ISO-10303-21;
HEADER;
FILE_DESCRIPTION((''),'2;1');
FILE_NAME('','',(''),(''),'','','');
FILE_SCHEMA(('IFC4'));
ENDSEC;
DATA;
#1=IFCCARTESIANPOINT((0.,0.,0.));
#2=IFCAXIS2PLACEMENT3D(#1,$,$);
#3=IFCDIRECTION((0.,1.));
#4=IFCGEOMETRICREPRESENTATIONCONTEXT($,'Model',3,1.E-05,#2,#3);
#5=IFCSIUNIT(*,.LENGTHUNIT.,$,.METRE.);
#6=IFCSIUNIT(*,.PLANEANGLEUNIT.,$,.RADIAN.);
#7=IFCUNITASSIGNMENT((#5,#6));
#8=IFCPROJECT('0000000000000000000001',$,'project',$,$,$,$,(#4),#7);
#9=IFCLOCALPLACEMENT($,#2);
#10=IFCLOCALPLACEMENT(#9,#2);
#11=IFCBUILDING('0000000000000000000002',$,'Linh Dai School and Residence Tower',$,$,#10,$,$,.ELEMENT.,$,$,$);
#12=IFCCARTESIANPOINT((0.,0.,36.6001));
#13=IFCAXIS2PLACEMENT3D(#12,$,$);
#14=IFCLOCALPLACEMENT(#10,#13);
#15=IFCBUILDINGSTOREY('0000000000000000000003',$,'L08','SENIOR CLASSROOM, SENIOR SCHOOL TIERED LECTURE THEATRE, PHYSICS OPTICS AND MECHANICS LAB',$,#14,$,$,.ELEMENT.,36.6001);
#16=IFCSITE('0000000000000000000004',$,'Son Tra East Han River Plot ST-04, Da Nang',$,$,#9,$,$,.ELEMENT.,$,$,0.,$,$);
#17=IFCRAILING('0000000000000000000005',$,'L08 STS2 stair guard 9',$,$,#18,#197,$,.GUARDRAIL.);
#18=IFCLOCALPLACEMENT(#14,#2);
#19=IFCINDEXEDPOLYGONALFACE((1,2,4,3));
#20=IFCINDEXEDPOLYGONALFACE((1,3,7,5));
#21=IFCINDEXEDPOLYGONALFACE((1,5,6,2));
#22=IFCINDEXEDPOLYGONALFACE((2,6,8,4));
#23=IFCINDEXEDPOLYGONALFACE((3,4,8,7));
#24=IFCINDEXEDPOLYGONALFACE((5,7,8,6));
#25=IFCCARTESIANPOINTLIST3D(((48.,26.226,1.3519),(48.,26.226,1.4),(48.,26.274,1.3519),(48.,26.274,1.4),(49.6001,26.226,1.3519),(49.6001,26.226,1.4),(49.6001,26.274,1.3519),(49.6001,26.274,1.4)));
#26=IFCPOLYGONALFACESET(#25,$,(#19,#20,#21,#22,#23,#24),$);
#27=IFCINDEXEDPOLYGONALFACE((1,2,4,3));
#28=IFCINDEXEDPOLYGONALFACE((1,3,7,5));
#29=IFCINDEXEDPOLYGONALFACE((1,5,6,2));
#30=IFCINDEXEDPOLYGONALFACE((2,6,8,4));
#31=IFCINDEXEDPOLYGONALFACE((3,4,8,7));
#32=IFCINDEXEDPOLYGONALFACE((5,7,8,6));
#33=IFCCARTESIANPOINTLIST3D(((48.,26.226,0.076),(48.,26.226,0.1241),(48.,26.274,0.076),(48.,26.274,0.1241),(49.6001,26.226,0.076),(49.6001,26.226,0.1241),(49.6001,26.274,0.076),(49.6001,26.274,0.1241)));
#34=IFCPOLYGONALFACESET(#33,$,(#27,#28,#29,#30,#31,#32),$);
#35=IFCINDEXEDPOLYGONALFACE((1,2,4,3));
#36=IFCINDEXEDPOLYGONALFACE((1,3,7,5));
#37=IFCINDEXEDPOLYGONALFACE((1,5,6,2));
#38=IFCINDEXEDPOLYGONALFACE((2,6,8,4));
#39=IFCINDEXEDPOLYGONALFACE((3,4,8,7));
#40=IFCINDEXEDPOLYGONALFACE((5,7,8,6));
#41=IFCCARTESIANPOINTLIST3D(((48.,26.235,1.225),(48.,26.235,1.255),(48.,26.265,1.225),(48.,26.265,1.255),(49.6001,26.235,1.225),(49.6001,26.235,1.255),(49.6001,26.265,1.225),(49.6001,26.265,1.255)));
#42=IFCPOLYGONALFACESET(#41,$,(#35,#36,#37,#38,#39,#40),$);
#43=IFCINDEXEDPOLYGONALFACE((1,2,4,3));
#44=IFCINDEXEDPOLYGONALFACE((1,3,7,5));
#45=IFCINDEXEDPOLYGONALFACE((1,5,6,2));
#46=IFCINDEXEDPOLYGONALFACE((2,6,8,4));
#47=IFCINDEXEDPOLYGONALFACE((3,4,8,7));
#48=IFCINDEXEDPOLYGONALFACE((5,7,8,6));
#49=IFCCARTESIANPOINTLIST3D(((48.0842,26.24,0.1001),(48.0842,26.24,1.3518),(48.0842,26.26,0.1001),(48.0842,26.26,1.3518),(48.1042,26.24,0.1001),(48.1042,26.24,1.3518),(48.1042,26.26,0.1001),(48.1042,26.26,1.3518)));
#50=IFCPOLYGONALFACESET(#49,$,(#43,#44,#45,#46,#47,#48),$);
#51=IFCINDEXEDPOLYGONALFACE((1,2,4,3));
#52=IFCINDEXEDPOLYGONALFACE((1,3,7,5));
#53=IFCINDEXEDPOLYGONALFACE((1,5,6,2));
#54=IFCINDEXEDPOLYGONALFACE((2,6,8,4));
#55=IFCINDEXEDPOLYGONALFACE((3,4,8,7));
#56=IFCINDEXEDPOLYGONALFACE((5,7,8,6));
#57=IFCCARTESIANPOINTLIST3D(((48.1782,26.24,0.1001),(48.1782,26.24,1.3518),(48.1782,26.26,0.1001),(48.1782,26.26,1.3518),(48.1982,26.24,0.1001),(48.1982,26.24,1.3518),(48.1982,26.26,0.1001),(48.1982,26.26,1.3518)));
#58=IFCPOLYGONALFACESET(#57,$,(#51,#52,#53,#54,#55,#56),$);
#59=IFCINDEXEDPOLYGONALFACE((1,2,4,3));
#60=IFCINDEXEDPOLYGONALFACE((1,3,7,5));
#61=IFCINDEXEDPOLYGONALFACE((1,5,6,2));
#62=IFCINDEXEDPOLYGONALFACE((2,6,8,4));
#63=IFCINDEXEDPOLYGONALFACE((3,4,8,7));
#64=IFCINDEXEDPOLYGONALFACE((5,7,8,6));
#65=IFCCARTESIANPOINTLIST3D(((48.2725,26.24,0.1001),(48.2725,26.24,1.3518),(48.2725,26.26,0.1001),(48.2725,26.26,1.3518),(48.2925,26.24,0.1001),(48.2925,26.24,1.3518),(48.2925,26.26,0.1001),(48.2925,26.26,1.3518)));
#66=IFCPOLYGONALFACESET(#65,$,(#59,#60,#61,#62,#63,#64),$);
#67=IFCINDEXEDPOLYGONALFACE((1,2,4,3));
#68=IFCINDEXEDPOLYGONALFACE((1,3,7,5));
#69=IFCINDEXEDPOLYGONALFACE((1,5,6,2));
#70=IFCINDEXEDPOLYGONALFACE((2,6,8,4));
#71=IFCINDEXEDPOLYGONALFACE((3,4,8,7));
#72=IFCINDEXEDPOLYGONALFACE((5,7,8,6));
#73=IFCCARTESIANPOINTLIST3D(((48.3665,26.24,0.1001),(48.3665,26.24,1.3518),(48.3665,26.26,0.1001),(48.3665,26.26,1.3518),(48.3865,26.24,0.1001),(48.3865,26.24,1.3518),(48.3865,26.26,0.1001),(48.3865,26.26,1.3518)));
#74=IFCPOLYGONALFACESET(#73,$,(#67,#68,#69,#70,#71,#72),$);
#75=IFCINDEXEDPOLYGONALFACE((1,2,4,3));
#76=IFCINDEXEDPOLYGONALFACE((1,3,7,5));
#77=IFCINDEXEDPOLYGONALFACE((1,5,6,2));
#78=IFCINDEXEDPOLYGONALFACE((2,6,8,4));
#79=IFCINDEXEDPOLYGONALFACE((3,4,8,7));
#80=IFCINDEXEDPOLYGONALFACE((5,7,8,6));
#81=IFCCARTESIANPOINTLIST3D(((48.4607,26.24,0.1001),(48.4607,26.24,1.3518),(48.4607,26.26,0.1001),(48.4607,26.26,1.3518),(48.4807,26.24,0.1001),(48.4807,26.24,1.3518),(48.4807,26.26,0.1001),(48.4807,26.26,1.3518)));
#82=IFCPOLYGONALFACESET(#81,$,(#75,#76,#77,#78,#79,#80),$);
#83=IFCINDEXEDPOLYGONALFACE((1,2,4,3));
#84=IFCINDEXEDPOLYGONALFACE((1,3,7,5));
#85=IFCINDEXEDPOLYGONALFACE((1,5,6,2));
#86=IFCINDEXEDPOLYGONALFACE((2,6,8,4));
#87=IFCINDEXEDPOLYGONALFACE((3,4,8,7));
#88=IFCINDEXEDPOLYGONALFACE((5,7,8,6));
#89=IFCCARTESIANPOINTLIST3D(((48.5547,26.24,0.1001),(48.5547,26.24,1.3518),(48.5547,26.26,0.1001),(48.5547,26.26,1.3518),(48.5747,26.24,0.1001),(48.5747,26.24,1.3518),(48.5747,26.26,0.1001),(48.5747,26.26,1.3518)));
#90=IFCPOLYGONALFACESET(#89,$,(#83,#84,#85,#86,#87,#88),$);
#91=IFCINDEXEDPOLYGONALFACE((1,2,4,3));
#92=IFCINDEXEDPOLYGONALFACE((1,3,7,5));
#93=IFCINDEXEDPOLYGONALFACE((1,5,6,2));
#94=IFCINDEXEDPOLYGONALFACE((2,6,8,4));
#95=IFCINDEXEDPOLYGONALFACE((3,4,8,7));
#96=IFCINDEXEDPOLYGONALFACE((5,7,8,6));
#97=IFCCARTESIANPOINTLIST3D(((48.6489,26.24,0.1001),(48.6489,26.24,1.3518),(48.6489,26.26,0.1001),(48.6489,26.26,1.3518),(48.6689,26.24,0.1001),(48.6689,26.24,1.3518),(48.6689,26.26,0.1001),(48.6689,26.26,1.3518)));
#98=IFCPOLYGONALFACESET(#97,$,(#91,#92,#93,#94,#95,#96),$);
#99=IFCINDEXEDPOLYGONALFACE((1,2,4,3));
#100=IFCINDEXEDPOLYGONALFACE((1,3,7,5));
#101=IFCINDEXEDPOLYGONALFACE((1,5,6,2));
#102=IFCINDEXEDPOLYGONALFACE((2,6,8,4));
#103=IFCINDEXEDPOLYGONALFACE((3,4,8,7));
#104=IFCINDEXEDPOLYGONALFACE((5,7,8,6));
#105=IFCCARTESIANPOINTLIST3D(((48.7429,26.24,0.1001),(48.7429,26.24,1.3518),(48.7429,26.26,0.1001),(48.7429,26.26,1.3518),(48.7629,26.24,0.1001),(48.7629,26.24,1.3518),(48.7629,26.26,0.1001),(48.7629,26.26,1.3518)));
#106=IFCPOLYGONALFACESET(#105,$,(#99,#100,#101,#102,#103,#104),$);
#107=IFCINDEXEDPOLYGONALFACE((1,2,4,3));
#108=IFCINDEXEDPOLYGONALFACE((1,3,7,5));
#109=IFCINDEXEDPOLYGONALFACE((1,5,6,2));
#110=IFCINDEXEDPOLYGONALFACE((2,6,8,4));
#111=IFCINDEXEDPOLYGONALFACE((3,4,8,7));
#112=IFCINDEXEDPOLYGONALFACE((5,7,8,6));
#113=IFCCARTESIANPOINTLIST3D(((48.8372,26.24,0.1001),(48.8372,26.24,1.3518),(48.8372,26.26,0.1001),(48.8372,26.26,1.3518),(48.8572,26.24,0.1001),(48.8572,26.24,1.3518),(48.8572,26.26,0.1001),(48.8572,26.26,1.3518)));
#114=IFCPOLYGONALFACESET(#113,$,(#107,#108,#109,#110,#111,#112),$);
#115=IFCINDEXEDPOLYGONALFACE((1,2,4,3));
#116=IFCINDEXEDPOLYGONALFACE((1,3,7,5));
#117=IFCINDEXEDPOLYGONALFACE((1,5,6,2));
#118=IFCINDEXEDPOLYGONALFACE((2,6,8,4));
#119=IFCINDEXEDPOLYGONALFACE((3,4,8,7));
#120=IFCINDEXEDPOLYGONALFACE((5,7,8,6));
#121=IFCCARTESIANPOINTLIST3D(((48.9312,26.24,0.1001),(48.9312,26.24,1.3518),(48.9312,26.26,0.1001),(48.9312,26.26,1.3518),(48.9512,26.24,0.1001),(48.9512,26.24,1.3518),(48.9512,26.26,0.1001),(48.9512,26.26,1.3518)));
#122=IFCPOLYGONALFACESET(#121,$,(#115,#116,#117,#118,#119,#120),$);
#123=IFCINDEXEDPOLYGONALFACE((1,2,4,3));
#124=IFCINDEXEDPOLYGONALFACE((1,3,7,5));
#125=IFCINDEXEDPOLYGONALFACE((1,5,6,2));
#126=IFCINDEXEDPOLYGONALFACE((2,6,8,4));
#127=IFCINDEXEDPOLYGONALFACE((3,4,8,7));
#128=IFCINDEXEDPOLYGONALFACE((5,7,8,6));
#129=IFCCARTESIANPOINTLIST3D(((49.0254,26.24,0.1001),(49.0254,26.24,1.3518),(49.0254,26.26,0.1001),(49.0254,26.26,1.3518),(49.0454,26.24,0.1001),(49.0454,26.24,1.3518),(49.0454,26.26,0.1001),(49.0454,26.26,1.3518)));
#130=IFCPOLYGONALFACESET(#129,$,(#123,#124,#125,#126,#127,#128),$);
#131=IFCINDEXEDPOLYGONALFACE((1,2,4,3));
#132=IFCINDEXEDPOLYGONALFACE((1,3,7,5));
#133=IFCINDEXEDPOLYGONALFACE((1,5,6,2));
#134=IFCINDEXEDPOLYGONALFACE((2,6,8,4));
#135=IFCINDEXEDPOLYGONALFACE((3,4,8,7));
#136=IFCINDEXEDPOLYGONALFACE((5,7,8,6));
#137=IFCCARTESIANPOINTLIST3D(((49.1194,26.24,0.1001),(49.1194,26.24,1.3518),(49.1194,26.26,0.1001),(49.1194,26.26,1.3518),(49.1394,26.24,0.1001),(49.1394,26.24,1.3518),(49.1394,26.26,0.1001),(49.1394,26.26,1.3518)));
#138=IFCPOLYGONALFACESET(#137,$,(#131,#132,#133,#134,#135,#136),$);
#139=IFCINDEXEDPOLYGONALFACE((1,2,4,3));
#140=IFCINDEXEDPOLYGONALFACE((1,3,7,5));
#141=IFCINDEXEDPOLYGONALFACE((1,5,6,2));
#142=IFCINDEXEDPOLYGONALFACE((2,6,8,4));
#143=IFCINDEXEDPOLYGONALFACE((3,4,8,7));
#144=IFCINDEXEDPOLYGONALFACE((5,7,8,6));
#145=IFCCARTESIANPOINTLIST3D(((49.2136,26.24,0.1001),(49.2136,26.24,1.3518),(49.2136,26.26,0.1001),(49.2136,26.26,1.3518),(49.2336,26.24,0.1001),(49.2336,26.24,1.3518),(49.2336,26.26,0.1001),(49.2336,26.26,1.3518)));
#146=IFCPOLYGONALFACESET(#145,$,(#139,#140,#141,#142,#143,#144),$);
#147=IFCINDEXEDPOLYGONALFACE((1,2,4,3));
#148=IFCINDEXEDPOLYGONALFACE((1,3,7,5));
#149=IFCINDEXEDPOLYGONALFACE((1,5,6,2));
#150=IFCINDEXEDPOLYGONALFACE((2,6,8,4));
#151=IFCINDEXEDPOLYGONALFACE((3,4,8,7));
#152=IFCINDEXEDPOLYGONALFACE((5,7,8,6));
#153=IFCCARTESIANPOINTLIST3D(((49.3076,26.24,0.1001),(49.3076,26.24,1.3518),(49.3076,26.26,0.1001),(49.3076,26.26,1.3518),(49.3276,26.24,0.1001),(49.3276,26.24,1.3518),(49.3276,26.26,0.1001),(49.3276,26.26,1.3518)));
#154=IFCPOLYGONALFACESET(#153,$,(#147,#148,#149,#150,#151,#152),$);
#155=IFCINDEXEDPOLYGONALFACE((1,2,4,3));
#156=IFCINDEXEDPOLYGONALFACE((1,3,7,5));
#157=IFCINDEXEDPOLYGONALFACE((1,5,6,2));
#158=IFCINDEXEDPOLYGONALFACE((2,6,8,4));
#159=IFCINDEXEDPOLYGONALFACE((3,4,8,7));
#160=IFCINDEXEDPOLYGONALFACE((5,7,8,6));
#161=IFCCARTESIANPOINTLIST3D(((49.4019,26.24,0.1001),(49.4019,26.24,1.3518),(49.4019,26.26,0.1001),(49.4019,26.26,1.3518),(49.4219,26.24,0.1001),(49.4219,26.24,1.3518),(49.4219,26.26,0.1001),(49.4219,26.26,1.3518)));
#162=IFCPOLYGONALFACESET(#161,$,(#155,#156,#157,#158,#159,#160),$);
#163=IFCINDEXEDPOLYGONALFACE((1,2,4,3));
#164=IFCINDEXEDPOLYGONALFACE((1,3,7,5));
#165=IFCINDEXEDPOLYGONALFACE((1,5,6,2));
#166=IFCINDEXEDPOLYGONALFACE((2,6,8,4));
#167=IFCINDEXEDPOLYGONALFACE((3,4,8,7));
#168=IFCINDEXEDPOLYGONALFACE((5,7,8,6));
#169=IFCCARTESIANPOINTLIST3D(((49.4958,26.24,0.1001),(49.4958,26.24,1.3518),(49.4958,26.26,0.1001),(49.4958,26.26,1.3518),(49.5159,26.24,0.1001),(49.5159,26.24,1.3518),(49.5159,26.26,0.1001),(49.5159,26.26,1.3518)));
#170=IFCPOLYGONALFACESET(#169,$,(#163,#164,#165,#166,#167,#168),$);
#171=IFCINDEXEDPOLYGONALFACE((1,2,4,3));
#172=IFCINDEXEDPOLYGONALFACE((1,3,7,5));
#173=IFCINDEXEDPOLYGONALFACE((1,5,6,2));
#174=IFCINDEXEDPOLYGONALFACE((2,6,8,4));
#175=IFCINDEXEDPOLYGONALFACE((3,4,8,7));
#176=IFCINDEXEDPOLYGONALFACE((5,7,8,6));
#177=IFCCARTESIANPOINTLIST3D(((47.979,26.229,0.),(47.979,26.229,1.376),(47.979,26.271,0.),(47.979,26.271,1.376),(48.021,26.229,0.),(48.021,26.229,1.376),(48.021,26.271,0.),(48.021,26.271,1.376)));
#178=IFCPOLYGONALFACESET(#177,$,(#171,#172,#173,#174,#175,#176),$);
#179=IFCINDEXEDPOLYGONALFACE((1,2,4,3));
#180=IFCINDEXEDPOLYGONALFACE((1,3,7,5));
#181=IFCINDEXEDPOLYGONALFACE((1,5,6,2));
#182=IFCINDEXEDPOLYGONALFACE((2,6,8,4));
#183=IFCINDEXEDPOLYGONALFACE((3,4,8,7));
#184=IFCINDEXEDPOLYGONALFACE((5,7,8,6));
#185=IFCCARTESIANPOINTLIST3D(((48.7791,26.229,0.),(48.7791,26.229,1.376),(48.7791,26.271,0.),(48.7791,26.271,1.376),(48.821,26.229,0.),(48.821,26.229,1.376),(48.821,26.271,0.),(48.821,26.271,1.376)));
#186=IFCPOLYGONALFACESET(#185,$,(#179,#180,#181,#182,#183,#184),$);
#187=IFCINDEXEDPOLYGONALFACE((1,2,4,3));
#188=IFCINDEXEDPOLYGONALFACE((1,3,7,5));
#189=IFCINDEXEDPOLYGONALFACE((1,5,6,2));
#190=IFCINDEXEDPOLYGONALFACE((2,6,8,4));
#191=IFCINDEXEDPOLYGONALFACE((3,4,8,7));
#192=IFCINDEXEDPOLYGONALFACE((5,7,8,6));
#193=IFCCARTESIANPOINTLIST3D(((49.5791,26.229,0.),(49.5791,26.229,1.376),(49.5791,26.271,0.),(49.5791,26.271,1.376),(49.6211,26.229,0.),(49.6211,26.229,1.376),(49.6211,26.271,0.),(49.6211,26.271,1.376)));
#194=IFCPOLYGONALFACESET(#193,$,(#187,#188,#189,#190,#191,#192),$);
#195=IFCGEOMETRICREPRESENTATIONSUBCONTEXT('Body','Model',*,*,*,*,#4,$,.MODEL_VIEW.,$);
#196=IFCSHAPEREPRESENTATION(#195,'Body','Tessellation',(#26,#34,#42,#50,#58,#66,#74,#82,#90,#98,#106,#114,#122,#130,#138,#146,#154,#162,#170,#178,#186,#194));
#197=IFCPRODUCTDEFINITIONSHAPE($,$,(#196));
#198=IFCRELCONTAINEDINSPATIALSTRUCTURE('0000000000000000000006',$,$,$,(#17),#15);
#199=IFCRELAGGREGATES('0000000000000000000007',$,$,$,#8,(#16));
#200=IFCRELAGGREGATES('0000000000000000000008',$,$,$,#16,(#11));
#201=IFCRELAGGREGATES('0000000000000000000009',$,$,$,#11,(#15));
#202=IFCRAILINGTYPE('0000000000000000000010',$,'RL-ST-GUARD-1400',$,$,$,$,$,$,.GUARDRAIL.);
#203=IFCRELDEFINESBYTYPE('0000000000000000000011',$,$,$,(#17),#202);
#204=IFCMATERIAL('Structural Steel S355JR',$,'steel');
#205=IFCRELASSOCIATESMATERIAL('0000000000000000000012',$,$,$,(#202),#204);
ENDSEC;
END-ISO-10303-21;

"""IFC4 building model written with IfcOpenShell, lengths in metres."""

from ifc_helpers import new_model, si_unit, direction, frame, origin, origin_2d, place, context, subcontext, project, spatial, rectangle, extrude, source, transform, mapped, material, type_object, element, save


model = new_model("IFC4")

# Units and contexts
model_context = context("Model", 3, precision=1e-05, world=origin(), true_north=direction((0.0, 1.0)))
body_context = subcontext(model_context, "Body", "Model", "MODEL_VIEW")
ifc_project = project(units=[si_unit("LENGTHUNIT", "METRE"), si_unit("PLANEANGLEUNIT", "RADIAN")], contexts=[model_context])

# Site, building, storey
site_placement = place(None, origin())
site = spatial("IfcSite", under=ifc_project, at=site_placement, Name="Son Tra East Han River Plot ST-04, Da Nang", CompositionType="ELEMENT", RefElevation=0.0)
building_placement = place(site_placement, origin())
building = spatial("IfcBuilding", under=site, at=building_placement, Name="Linh Dai School and Residence Tower", CompositionType="ELEMENT")
storey_placement = place(building_placement, frame((0.0, 0.0, 36.6001)))
storey = spatial("IfcBuildingStorey", under=building, at=storey_placement, Name="L08", Description="SENIOR CLASSROOM, SENIOR SCHOOL TIERED LECTURE THEATRE, PHYSICS OPTICS AND MECHANICS LAB", CompositionType="ELEMENT", Elevation=36.6001)

# Shared definitions
ifc_material_1 = material(Name="Structural Steel S355JR", Category="steel")

# Railing
railing_type_1 = type_object("IfcRailingType", Name="RL-ST-GUARD-1400", PredefinedType="GUARDRAIL", material=ifc_material_1)
shared_shape_1 = source(origin(), body_context, "Body", "SweptSolid", [
    extrude(rectangle(XDim=0.0481, YDim=0.0481, at=origin_2d()), frame((0.0, 0.0, 1.376), z_axis=(1.0, 0.0, 0.0), x_axis=(0.0, 1.0, 0.0)), (0.0, 0.0, 1.0), 1.6001),
    extrude(rectangle(XDim=0.0481, YDim=0.0481, at=origin_2d()), frame((0.0, 0.0, 0.1001), z_axis=(1.0, 0.0, 0.0), x_axis=(0.0, 1.0, 0.0)), (0.0, 0.0, 1.0), 1.6001),
    extrude(rectangle(XDim=0.03, YDim=0.03, at=origin_2d()), frame((0.0, 0.0, 1.24), z_axis=(1.0, 0.0, 0.0), x_axis=(0.0, 1.0, 0.0)), (0.0, 0.0, 1.0), 1.6001),
    extrude(rectangle(XDim=0.02, YDim=0.02, at=origin_2d()), frame((0.0942, 0.0, 0.1001)), (0.0, 0.0, 1.0), 1.2517),
    extrude(rectangle(XDim=0.02, YDim=0.02, at=origin_2d()), frame((0.1882, 0.0, 0.1001)), (0.0, 0.0, 1.0), 1.2517),
    extrude(rectangle(XDim=0.02, YDim=0.02, at=origin_2d()), frame((0.2825, 0.0, 0.1001)), (0.0, 0.0, 1.0), 1.2517),
    extrude(rectangle(XDim=0.02, YDim=0.02, at=origin_2d()), frame((0.3765, 0.0, 0.1001)), (0.0, 0.0, 1.0), 1.2517),
    extrude(rectangle(XDim=0.02, YDim=0.02, at=origin_2d()), frame((0.4707, 0.0, 0.1001)), (0.0, 0.0, 1.0), 1.2517),
    extrude(rectangle(XDim=0.02, YDim=0.02, at=origin_2d()), frame((0.5647, 0.0, 0.1001)), (0.0, 0.0, 1.0), 1.2517),
    extrude(rectangle(XDim=0.02, YDim=0.02, at=origin_2d()), frame((0.6589, 0.0, 0.1001)), (0.0, 0.0, 1.0), 1.2517),
    extrude(rectangle(XDim=0.02, YDim=0.02, at=origin_2d()), frame((0.7529, 0.0, 0.1001)), (0.0, 0.0, 1.0), 1.2517),
    extrude(rectangle(XDim=0.02, YDim=0.02, at=origin_2d()), frame((0.8472, 0.0, 0.1001)), (0.0, 0.0, 1.0), 1.2517),
    extrude(rectangle(XDim=0.02, YDim=0.02, at=origin_2d()), frame((0.9412, 0.0, 0.1001)), (0.0, 0.0, 1.0), 1.2517),
    extrude(rectangle(XDim=0.02, YDim=0.02, at=origin_2d()), frame((1.0354, 0.0, 0.1001)), (0.0, 0.0, 1.0), 1.2517),
    extrude(rectangle(XDim=0.02, YDim=0.02, at=origin_2d()), frame((1.1294, 0.0, 0.1001)), (0.0, 0.0, 1.0), 1.2517),
    extrude(rectangle(XDim=0.02, YDim=0.02, at=origin_2d()), frame((1.2236, 0.0, 0.1001)), (0.0, 0.0, 1.0), 1.2517),
    extrude(rectangle(XDim=0.02, YDim=0.02, at=origin_2d()), frame((1.3176, 0.0, 0.1001)), (0.0, 0.0, 1.0), 1.2517),
    extrude(rectangle(XDim=0.02, YDim=0.02, at=origin_2d()), frame((1.4119, 0.0, 0.1001)), (0.0, 0.0, 1.0), 1.2517),
    extrude(rectangle(XDim=0.02, YDim=0.02, at=origin_2d()), frame((1.5059, 0.0, 0.1001)), (0.0, 0.0, 1.0), 1.2517),
    extrude(rectangle(XDim=0.042, YDim=0.042, at=origin_2d()), origin(), (0.0, 0.0, 1.0), 1.376),
    extrude(rectangle(XDim=0.042, YDim=0.042, at=origin_2d()), frame((0.8, 0.0, 0.0)), (0.0, 0.0, 1.0), 1.376),
    extrude(rectangle(XDim=0.042, YDim=0.042, at=origin_2d()), frame((1.6001, 0.0, 0.0)), (0.0, 0.0, 1.0), 1.376),
])
railing_1_placement = place(storey_placement, frame((48.0, 26.25, 0.0)))
element("IfcRailing", 1, at=railing_1_placement, inside=storey, type_object=railing_type_1, Name="L08 STS2 stair guard 9", PredefinedType="GUARDRAIL", context=body_context, shape_type="MappedRepresentation", body=[
    mapped(shared_shape_1, transform((0.0, 0.0, 0.0), x_axis=(1.0, 0.0, 0.0), y_axis=(0.0, 1.0, 0.0), z_axis=(0.0, 0.0, 1.0), scale=1.0)),
])

save(model, "model.ifc")
